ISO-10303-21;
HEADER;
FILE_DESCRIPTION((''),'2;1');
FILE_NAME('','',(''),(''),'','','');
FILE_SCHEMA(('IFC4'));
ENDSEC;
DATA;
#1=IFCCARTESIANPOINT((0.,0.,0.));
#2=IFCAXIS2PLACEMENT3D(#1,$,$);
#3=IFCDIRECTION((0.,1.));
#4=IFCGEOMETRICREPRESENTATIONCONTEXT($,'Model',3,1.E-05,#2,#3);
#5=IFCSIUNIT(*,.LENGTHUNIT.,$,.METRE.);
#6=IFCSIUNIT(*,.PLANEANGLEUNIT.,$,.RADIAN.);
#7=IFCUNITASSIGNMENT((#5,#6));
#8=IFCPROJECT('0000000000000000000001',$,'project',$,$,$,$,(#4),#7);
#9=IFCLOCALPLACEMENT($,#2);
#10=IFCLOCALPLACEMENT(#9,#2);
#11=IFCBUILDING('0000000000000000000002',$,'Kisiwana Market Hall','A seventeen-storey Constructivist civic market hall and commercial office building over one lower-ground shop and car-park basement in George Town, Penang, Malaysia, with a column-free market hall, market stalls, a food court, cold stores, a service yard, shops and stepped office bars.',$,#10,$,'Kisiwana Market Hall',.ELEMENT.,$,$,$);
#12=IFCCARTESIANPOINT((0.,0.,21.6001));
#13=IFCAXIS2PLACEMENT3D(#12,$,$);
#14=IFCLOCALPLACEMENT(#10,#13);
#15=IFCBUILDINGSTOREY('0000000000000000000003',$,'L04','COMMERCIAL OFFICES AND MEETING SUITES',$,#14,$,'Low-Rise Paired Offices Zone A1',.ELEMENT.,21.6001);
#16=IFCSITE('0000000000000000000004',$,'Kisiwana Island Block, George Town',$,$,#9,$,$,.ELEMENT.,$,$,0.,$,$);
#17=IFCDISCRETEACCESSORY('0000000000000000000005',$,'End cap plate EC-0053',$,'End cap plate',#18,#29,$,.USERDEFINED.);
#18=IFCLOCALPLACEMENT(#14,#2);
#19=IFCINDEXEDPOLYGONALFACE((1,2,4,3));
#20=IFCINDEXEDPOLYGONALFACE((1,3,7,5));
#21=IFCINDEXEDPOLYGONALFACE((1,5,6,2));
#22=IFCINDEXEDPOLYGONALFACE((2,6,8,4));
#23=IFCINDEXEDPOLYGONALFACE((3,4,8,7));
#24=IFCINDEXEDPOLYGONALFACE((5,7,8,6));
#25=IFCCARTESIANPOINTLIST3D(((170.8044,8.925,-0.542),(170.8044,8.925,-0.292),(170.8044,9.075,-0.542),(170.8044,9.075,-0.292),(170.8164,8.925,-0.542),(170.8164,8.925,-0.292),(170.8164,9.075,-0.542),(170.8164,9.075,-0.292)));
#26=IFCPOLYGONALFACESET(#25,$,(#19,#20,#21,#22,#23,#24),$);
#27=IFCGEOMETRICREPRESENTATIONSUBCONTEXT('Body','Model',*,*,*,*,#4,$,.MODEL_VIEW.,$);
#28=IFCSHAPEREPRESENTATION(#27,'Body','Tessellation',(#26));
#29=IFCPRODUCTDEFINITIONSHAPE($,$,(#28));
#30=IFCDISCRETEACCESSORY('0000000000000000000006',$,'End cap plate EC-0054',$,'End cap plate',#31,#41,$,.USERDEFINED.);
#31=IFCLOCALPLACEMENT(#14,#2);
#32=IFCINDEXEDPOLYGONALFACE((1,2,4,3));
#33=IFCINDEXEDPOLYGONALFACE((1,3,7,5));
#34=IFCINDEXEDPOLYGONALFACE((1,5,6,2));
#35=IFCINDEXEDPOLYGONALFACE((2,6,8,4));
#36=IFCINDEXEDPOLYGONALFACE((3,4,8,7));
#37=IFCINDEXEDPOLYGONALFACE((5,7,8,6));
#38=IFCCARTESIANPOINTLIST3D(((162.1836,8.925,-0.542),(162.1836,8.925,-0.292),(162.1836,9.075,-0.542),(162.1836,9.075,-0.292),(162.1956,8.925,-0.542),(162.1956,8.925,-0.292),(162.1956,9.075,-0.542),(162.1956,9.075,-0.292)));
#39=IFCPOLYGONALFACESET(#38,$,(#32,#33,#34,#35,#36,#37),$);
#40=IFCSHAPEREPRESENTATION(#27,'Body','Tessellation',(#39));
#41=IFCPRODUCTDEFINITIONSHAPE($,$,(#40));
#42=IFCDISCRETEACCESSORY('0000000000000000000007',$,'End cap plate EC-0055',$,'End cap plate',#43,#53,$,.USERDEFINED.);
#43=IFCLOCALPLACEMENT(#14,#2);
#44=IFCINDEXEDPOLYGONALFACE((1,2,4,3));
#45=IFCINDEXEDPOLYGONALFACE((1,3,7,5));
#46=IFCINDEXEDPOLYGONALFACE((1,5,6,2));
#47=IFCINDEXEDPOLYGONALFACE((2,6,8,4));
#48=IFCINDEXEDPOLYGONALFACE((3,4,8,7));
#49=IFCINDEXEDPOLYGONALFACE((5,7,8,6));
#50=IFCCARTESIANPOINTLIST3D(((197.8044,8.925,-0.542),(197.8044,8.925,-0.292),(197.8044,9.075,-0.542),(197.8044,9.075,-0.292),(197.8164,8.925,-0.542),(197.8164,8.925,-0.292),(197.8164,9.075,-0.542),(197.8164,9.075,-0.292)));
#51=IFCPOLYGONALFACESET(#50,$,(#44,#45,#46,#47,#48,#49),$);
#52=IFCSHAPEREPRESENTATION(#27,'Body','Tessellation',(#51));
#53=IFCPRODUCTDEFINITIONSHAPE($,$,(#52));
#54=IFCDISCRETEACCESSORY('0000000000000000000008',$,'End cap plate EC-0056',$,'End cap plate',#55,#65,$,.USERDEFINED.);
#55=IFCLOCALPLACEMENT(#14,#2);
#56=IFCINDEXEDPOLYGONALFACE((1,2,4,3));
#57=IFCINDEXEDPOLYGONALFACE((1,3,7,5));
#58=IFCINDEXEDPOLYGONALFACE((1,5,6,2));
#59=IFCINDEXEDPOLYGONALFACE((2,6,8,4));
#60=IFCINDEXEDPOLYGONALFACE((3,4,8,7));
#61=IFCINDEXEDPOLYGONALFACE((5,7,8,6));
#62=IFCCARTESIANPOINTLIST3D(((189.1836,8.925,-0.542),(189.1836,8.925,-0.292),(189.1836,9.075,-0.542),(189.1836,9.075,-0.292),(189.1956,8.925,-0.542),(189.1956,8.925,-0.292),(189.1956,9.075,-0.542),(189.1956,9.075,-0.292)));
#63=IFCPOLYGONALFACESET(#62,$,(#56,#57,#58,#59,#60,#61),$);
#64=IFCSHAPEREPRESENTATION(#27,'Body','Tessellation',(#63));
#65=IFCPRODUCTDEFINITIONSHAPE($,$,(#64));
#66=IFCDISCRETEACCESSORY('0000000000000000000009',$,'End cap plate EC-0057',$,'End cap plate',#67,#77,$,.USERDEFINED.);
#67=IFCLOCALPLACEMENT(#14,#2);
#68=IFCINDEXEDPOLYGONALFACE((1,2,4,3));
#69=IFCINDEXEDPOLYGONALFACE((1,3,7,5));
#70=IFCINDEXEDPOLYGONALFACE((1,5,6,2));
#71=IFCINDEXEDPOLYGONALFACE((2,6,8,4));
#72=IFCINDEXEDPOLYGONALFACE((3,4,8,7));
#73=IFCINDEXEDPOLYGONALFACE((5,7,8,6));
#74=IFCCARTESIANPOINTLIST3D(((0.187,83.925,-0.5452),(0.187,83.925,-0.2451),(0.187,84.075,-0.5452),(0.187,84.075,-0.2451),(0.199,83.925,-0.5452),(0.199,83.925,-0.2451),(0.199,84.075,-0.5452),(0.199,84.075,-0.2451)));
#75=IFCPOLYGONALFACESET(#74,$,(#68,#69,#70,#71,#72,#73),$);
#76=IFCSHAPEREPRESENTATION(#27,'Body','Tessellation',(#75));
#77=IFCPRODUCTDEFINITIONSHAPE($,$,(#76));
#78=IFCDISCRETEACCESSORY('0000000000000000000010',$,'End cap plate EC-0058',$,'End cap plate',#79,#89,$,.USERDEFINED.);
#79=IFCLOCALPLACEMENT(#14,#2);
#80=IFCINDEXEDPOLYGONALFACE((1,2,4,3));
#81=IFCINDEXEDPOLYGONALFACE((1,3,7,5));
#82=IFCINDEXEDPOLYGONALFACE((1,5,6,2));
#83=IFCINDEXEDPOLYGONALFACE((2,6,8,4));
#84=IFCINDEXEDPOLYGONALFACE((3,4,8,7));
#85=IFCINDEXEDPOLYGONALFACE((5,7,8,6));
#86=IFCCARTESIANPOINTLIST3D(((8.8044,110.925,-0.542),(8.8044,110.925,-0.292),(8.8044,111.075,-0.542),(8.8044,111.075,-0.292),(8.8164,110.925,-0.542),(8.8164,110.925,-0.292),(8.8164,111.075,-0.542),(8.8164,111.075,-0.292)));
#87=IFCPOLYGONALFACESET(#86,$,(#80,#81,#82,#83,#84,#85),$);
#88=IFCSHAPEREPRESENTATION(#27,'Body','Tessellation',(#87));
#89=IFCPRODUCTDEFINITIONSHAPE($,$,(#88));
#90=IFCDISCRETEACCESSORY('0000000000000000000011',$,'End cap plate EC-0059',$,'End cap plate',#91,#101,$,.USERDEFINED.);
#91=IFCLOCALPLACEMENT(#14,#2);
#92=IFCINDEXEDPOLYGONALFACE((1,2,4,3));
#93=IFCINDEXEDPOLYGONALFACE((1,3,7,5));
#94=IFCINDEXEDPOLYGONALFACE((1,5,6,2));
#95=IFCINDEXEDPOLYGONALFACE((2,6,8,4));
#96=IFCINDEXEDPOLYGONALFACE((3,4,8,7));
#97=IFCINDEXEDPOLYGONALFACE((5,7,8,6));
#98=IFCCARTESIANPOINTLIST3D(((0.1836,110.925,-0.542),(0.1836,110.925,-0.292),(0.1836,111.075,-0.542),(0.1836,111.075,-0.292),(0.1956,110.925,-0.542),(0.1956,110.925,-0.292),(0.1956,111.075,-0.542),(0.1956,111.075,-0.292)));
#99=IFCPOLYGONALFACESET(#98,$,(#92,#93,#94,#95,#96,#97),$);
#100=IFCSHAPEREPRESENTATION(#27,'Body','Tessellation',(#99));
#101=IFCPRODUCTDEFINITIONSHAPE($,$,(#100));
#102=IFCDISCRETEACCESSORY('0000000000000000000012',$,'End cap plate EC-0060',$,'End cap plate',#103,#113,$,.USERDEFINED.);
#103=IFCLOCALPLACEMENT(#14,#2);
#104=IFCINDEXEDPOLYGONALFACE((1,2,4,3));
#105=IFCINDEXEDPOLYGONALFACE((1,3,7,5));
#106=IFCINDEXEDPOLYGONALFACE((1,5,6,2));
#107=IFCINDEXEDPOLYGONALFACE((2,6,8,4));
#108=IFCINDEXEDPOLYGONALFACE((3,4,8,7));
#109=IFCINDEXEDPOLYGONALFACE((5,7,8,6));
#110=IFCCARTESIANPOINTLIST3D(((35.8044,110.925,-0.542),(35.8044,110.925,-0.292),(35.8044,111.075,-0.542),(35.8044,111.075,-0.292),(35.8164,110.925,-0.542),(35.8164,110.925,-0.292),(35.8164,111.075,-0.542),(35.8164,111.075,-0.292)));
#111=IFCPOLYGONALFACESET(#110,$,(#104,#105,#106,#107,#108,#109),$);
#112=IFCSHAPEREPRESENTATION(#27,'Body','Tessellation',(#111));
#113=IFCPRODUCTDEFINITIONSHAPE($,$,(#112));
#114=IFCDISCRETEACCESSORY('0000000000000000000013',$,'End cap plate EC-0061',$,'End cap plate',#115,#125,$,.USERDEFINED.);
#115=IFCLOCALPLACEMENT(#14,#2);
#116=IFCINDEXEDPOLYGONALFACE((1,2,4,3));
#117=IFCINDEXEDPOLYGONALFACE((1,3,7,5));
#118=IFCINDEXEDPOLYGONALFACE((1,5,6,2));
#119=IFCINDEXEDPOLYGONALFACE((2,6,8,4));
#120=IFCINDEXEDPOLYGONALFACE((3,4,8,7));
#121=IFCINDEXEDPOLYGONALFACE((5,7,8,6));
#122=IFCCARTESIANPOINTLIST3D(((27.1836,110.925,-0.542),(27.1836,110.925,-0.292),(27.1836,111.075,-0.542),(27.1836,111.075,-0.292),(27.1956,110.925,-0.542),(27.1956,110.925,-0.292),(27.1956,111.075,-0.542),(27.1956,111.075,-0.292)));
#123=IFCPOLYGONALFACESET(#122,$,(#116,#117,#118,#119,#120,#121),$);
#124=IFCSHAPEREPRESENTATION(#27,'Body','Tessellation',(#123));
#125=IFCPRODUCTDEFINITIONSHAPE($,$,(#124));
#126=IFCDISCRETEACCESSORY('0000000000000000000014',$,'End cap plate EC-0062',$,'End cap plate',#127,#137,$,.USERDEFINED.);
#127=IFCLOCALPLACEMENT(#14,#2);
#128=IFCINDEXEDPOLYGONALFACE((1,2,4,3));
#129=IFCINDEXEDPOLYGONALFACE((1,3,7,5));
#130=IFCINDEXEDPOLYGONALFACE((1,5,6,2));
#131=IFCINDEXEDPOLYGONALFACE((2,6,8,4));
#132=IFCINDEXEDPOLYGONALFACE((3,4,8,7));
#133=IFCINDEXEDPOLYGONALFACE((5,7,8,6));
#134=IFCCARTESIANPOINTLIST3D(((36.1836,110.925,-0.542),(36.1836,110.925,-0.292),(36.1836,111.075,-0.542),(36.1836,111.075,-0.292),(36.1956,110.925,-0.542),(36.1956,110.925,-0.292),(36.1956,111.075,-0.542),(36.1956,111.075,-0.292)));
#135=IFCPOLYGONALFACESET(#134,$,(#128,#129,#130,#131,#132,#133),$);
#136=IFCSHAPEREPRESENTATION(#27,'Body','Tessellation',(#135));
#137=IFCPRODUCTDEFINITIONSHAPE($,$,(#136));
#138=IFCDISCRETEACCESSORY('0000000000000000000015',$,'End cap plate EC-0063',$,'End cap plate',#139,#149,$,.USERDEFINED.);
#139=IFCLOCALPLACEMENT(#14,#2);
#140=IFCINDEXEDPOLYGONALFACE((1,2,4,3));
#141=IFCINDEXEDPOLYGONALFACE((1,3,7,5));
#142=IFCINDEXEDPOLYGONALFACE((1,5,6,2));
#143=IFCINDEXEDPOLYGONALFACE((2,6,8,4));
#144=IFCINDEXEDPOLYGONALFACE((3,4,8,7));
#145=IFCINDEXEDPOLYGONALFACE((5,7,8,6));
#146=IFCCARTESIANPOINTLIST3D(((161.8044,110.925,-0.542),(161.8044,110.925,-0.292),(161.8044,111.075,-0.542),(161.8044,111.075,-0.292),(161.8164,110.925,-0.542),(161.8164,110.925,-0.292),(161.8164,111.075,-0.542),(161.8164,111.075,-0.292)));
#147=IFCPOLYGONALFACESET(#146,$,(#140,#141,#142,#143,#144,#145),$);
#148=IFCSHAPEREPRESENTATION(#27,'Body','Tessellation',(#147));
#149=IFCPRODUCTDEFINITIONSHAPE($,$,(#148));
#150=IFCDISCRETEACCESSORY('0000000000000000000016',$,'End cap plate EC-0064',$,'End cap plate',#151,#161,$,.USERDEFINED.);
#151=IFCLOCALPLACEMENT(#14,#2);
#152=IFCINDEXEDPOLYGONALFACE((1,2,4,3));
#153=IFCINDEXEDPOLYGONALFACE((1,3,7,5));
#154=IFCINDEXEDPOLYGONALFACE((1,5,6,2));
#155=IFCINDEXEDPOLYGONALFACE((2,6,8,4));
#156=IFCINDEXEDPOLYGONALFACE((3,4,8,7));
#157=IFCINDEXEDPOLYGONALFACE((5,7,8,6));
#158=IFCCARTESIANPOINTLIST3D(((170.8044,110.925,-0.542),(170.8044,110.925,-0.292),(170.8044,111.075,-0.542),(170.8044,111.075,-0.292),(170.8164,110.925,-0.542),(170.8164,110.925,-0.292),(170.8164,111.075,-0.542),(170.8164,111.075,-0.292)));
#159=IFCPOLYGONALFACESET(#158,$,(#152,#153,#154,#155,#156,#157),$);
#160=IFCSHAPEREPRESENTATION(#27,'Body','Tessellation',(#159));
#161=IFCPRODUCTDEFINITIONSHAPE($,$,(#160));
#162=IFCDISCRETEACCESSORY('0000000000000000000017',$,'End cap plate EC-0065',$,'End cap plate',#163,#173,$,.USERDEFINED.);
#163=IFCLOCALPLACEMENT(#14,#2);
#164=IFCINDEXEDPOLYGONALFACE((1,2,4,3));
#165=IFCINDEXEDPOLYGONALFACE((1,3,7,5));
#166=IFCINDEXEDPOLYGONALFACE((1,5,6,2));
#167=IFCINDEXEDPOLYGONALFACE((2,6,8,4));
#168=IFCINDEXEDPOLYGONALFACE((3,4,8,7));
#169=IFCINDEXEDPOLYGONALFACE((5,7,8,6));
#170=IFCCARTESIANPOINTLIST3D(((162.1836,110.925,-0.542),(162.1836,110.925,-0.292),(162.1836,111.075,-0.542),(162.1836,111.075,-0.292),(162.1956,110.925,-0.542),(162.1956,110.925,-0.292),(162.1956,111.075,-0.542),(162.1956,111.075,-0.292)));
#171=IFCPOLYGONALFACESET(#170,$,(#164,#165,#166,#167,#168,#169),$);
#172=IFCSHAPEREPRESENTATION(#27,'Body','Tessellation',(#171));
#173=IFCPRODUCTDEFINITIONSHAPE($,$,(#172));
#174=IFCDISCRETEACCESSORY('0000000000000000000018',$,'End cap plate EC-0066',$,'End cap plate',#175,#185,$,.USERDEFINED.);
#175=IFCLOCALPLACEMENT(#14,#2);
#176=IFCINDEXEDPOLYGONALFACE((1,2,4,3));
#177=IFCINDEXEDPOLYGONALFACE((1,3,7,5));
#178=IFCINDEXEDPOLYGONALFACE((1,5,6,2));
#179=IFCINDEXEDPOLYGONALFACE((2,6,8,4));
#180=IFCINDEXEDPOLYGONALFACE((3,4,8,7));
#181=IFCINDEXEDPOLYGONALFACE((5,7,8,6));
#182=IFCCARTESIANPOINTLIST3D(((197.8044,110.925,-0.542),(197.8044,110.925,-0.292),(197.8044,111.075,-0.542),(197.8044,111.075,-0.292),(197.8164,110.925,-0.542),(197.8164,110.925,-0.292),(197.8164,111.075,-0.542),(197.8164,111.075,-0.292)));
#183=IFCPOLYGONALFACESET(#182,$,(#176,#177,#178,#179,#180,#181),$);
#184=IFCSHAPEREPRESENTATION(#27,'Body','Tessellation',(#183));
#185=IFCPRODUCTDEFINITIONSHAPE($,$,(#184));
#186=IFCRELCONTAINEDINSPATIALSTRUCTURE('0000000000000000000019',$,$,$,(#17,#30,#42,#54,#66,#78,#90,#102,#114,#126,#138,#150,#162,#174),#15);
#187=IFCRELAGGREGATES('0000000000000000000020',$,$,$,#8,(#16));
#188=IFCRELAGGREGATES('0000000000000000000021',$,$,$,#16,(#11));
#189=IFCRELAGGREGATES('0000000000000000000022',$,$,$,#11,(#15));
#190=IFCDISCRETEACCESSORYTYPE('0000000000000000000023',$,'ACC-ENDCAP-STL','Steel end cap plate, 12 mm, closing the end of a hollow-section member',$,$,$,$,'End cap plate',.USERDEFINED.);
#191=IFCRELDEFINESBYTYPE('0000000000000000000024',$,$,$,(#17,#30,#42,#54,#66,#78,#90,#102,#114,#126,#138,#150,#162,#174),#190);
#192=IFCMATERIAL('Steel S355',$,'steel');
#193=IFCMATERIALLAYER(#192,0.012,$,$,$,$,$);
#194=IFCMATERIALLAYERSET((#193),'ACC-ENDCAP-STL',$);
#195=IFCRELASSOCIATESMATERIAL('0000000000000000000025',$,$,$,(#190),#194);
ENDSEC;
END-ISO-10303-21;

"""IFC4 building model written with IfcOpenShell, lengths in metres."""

from ifc_helpers import new_model, si_unit, direction, frame, origin, place, context, subcontext, project, spatial, polyline, outline, extrude, material, layer, layer_set, type_object, element, save


model = new_model("IFC4")

# Units and contexts
model_context = context("Model", 3, precision=1e-05, world=origin(), true_north=direction((0.0, 1.0)))
body_context = subcontext(model_context, "Body", "Model", "MODEL_VIEW")
ifc_project = project(units=[si_unit("LENGTHUNIT", "METRE"), si_unit("PLANEANGLEUNIT", "RADIAN")], contexts=[model_context])

# Site, building, storey
site_placement = place(None, origin())
site = spatial("IfcSite", under=ifc_project, at=site_placement, Name="Kisiwana Island Block, George Town", CompositionType="ELEMENT", RefElevation=0.0)
building_placement = place(site_placement, origin())
building = spatial("IfcBuilding", under=site, at=building_placement, Name="Kisiwana Market Hall", Description="A seventeen-storey Constructivist civic market hall and commercial office building over one lower-ground shop and car-park basement in George Town, Penang, Malaysia, with a column-free market hall, market stalls, a food court, cold stores, a service yard, shops and stepped office bars.", LongName="Kisiwana Market Hall", CompositionType="ELEMENT")
storey_placement = place(building_placement, frame((0.0, 0.0, 21.6001)))
storey = spatial("IfcBuildingStorey", under=building, at=storey_placement, Name="L04", Description="COMMERCIAL OFFICES AND MEETING SUITES", LongName="Low-Rise Paired Offices Zone A1", CompositionType="ELEMENT", Elevation=21.6001)

# Discrete accessories
ifc_material_1 = material(Name="Steel S355", Category="steel")
ifc_layer_1 = layer(ifc_material_1, 0.012)
ifc_layer_set_1 = layer_set([ifc_layer_1], Name="ACC-ENDCAP-STL")
discrete_accessory_type = type_object("IfcDiscreteAccessoryType", Name="ACC-ENDCAP-STL", Description="Steel end cap plate, 12 mm, closing the end of a hollow-section member", ElementType="End cap plate", PredefinedType="USERDEFINED", material=ifc_layer_set_1)
discrete_accessory_1_placement = place(storey_placement, frame((0.0, 0.0, -0.542)))
element("IfcDiscreteAccessory", 1, at=discrete_accessory_1_placement, inside=storey, type_object=discrete_accessory_type, Name="End cap plate EC-0053", ObjectType="End cap plate", PredefinedType="USERDEFINED", context=body_context, shape_type="SweptSolid", body=[
    extrude(outline(polyline([(170.8044, 8.925), (170.8164, 8.925), (170.8164, 9.075), (170.8044, 9.075), (170.8044, 8.925)])), origin(), (0.0, 0.0, 1.0), 0.25),
])
discrete_accessory_2_placement = place(storey_placement, frame((0.0, 0.0, -0.542)))
element("IfcDiscreteAccessory", 2, at=discrete_accessory_2_placement, inside=storey, type_object=discrete_accessory_type, Name="End cap plate EC-0054", ObjectType="End cap plate", PredefinedType="USERDEFINED", context=body_context, shape_type="SweptSolid", body=[
    extrude(outline(polyline([(162.1956, 8.925), (162.1956, 9.075), (162.1836, 9.075), (162.1836, 8.925), (162.1956, 8.925)])), origin(), (0.0, 0.0, 1.0), 0.25),
])
discrete_accessory_3_placement = place(storey_placement, frame((0.0, 0.0, -0.542)))
element("IfcDiscreteAccessory", 3, at=discrete_accessory_3_placement, inside=storey, type_object=discrete_accessory_type, Name="End cap plate EC-0055", ObjectType="End cap plate", PredefinedType="USERDEFINED", context=body_context, shape_type="SweptSolid", body=[
    extrude(outline(polyline([(197.8044, 8.925), (197.8164, 8.925), (197.8164, 9.075), (197.8044, 9.075), (197.8044, 8.925)])), origin(), (0.0, 0.0, 1.0), 0.25),
])
discrete_accessory_4_placement = place(storey_placement, frame((0.0, 0.0, -0.542)))
element("IfcDiscreteAccessory", 4, at=discrete_accessory_4_placement, inside=storey, type_object=discrete_accessory_type, Name="End cap plate EC-0056", ObjectType="End cap plate", PredefinedType="USERDEFINED", context=body_context, shape_type="SweptSolid", body=[
    extrude(outline(polyline([(189.1956, 8.925), (189.1956, 9.075), (189.1836, 9.075), (189.1836, 8.925), (189.1956, 8.925)])), origin(), (0.0, 0.0, 1.0), 0.25),
])
discrete_accessory_5_placement = place(storey_placement, frame((0.0, 0.0, -0.5452)))
element("IfcDiscreteAccessory", 5, at=discrete_accessory_5_placement, inside=storey, type_object=discrete_accessory_type, Name="End cap plate EC-0057", ObjectType="End cap plate", PredefinedType="USERDEFINED", context=body_context, shape_type="SweptSolid", body=[
    extrude(outline(polyline([(0.199, 83.925), (0.199, 84.075), (0.187, 84.075), (0.187, 83.925), (0.199, 83.925)])), origin(), (0.0, 0.0, 1.0), 0.3),
])
discrete_accessory_6_placement = place(storey_placement, frame((0.0, 0.0, -0.542)))
element("IfcDiscreteAccessory", 6, at=discrete_accessory_6_placement, inside=storey, type_object=discrete_accessory_type, Name="End cap plate EC-0058", ObjectType="End cap plate", PredefinedType="USERDEFINED", context=body_context, shape_type="SweptSolid", body=[
    extrude(outline(polyline([(8.8044, 110.925), (8.8164, 110.925), (8.8164, 111.075), (8.8044, 111.075), (8.8044, 110.925)])), origin(), (0.0, 0.0, 1.0), 0.25),
])
discrete_accessory_7_placement = place(storey_placement, frame((0.0, 0.0, -0.542)))
element("IfcDiscreteAccessory", 7, at=discrete_accessory_7_placement, inside=storey, type_object=discrete_accessory_type, Name="End cap plate EC-0059", ObjectType="End cap plate", PredefinedType="USERDEFINED", context=body_context, shape_type="SweptSolid", body=[
    extrude(outline(polyline([(0.1956, 110.925), (0.1956, 111.075), (0.1836, 111.075), (0.1836, 110.925), (0.1956, 110.925)])), origin(), (0.0, 0.0, 1.0), 0.25),
])
discrete_accessory_8_placement = place(storey_placement, frame((0.0, 0.0, -0.542)))
element("IfcDiscreteAccessory", 8, at=discrete_accessory_8_placement, inside=storey, type_object=discrete_accessory_type, Name="End cap plate EC-0060", ObjectType="End cap plate", PredefinedType="USERDEFINED", context=body_context, shape_type="SweptSolid", body=[
    extrude(outline(polyline([(35.8044, 110.925), (35.8164, 110.925), (35.8164, 111.075), (35.8044, 111.075), (35.8044, 110.925)])), origin(), (0.0, 0.0, 1.0), 0.25),
])
discrete_accessory_9_placement = place(storey_placement, frame((0.0, 0.0, -0.542)))
element("IfcDiscreteAccessory", 9, at=discrete_accessory_9_placement, inside=storey, type_object=discrete_accessory_type, Name="End cap plate EC-0061", ObjectType="End cap plate", PredefinedType="USERDEFINED", context=body_context, shape_type="SweptSolid", body=[
    extrude(outline(polyline([(27.1956, 110.925), (27.1956, 111.075), (27.1836, 111.075), (27.1836, 110.925), (27.1956, 110.925)])), origin(), (0.0, 0.0, 1.0), 0.25),
])
discrete_accessory_10_placement = place(storey_placement, frame((0.0, 0.0, -0.542)))
element("IfcDiscreteAccessory", 10, at=discrete_accessory_10_placement, inside=storey, type_object=discrete_accessory_type, Name="End cap plate EC-0062", ObjectType="End cap plate", PredefinedType="USERDEFINED", context=body_context, shape_type="SweptSolid", body=[
    extrude(outline(polyline([(36.1956, 110.925), (36.1956, 111.075), (36.1836, 111.075), (36.1836, 110.925), (36.1956, 110.925)])), origin(), (0.0, 0.0, 1.0), 0.25),
])
discrete_accessory_11_placement = place(storey_placement, frame((0.0, 0.0, -0.542)))
element("IfcDiscreteAccessory", 11, at=discrete_accessory_11_placement, inside=storey, type_object=discrete_accessory_type, Name="End cap plate EC-0063", ObjectType="End cap plate", PredefinedType="USERDEFINED", context=body_context, shape_type="SweptSolid", body=[
    extrude(outline(polyline([(161.8044, 110.925), (161.8164, 110.925), (161.8164, 111.075), (161.8044, 111.075), (161.8044, 110.925)])), origin(), (0.0, 0.0, 1.0), 0.25),
])
discrete_accessory_12_placement = place(storey_placement, frame((0.0, 0.0, -0.542)))
element("IfcDiscreteAccessory", 12, at=discrete_accessory_12_placement, inside=storey, type_object=discrete_accessory_type, Name="End cap plate EC-0064", ObjectType="End cap plate", PredefinedType="USERDEFINED", context=body_context, shape_type="SweptSolid", body=[
    extrude(outline(polyline([(170.8044, 110.925), (170.8164, 110.925), (170.8164, 111.075), (170.8044, 111.075), (170.8044, 110.925)])), origin(), (0.0, 0.0, 1.0), 0.25),
])
discrete_accessory_13_placement = place(storey_placement, frame((0.0, 0.0, -0.542)))
element("IfcDiscreteAccessory", 13, at=discrete_accessory_13_placement, inside=storey, type_object=discrete_accessory_type, Name="End cap plate EC-0065", ObjectType="End cap plate", PredefinedType="USERDEFINED", context=body_context, shape_type="SweptSolid", body=[
    extrude(outline(polyline([(162.1956, 110.925), (162.1956, 111.075), (162.1836, 111.075), (162.1836, 110.925), (162.1956, 110.925)])), origin(), (0.0, 0.0, 1.0), 0.25),
])
discrete_accessory_14_placement = place(storey_placement, frame((0.0, 0.0, -0.542)))
element("IfcDiscreteAccessory", 14, at=discrete_accessory_14_placement, inside=storey, type_object=discrete_accessory_type, Name="End cap plate EC-0066", ObjectType="End cap plate", PredefinedType="USERDEFINED", context=body_context, shape_type="SweptSolid", body=[
    extrude(outline(polyline([(197.8044, 110.925), (197.8164, 110.925), (197.8164, 111.075), (197.8044, 111.075), (197.8044, 110.925)])), origin(), (0.0, 0.0, 1.0), 0.25),
])

save(model, "model.ifc")
